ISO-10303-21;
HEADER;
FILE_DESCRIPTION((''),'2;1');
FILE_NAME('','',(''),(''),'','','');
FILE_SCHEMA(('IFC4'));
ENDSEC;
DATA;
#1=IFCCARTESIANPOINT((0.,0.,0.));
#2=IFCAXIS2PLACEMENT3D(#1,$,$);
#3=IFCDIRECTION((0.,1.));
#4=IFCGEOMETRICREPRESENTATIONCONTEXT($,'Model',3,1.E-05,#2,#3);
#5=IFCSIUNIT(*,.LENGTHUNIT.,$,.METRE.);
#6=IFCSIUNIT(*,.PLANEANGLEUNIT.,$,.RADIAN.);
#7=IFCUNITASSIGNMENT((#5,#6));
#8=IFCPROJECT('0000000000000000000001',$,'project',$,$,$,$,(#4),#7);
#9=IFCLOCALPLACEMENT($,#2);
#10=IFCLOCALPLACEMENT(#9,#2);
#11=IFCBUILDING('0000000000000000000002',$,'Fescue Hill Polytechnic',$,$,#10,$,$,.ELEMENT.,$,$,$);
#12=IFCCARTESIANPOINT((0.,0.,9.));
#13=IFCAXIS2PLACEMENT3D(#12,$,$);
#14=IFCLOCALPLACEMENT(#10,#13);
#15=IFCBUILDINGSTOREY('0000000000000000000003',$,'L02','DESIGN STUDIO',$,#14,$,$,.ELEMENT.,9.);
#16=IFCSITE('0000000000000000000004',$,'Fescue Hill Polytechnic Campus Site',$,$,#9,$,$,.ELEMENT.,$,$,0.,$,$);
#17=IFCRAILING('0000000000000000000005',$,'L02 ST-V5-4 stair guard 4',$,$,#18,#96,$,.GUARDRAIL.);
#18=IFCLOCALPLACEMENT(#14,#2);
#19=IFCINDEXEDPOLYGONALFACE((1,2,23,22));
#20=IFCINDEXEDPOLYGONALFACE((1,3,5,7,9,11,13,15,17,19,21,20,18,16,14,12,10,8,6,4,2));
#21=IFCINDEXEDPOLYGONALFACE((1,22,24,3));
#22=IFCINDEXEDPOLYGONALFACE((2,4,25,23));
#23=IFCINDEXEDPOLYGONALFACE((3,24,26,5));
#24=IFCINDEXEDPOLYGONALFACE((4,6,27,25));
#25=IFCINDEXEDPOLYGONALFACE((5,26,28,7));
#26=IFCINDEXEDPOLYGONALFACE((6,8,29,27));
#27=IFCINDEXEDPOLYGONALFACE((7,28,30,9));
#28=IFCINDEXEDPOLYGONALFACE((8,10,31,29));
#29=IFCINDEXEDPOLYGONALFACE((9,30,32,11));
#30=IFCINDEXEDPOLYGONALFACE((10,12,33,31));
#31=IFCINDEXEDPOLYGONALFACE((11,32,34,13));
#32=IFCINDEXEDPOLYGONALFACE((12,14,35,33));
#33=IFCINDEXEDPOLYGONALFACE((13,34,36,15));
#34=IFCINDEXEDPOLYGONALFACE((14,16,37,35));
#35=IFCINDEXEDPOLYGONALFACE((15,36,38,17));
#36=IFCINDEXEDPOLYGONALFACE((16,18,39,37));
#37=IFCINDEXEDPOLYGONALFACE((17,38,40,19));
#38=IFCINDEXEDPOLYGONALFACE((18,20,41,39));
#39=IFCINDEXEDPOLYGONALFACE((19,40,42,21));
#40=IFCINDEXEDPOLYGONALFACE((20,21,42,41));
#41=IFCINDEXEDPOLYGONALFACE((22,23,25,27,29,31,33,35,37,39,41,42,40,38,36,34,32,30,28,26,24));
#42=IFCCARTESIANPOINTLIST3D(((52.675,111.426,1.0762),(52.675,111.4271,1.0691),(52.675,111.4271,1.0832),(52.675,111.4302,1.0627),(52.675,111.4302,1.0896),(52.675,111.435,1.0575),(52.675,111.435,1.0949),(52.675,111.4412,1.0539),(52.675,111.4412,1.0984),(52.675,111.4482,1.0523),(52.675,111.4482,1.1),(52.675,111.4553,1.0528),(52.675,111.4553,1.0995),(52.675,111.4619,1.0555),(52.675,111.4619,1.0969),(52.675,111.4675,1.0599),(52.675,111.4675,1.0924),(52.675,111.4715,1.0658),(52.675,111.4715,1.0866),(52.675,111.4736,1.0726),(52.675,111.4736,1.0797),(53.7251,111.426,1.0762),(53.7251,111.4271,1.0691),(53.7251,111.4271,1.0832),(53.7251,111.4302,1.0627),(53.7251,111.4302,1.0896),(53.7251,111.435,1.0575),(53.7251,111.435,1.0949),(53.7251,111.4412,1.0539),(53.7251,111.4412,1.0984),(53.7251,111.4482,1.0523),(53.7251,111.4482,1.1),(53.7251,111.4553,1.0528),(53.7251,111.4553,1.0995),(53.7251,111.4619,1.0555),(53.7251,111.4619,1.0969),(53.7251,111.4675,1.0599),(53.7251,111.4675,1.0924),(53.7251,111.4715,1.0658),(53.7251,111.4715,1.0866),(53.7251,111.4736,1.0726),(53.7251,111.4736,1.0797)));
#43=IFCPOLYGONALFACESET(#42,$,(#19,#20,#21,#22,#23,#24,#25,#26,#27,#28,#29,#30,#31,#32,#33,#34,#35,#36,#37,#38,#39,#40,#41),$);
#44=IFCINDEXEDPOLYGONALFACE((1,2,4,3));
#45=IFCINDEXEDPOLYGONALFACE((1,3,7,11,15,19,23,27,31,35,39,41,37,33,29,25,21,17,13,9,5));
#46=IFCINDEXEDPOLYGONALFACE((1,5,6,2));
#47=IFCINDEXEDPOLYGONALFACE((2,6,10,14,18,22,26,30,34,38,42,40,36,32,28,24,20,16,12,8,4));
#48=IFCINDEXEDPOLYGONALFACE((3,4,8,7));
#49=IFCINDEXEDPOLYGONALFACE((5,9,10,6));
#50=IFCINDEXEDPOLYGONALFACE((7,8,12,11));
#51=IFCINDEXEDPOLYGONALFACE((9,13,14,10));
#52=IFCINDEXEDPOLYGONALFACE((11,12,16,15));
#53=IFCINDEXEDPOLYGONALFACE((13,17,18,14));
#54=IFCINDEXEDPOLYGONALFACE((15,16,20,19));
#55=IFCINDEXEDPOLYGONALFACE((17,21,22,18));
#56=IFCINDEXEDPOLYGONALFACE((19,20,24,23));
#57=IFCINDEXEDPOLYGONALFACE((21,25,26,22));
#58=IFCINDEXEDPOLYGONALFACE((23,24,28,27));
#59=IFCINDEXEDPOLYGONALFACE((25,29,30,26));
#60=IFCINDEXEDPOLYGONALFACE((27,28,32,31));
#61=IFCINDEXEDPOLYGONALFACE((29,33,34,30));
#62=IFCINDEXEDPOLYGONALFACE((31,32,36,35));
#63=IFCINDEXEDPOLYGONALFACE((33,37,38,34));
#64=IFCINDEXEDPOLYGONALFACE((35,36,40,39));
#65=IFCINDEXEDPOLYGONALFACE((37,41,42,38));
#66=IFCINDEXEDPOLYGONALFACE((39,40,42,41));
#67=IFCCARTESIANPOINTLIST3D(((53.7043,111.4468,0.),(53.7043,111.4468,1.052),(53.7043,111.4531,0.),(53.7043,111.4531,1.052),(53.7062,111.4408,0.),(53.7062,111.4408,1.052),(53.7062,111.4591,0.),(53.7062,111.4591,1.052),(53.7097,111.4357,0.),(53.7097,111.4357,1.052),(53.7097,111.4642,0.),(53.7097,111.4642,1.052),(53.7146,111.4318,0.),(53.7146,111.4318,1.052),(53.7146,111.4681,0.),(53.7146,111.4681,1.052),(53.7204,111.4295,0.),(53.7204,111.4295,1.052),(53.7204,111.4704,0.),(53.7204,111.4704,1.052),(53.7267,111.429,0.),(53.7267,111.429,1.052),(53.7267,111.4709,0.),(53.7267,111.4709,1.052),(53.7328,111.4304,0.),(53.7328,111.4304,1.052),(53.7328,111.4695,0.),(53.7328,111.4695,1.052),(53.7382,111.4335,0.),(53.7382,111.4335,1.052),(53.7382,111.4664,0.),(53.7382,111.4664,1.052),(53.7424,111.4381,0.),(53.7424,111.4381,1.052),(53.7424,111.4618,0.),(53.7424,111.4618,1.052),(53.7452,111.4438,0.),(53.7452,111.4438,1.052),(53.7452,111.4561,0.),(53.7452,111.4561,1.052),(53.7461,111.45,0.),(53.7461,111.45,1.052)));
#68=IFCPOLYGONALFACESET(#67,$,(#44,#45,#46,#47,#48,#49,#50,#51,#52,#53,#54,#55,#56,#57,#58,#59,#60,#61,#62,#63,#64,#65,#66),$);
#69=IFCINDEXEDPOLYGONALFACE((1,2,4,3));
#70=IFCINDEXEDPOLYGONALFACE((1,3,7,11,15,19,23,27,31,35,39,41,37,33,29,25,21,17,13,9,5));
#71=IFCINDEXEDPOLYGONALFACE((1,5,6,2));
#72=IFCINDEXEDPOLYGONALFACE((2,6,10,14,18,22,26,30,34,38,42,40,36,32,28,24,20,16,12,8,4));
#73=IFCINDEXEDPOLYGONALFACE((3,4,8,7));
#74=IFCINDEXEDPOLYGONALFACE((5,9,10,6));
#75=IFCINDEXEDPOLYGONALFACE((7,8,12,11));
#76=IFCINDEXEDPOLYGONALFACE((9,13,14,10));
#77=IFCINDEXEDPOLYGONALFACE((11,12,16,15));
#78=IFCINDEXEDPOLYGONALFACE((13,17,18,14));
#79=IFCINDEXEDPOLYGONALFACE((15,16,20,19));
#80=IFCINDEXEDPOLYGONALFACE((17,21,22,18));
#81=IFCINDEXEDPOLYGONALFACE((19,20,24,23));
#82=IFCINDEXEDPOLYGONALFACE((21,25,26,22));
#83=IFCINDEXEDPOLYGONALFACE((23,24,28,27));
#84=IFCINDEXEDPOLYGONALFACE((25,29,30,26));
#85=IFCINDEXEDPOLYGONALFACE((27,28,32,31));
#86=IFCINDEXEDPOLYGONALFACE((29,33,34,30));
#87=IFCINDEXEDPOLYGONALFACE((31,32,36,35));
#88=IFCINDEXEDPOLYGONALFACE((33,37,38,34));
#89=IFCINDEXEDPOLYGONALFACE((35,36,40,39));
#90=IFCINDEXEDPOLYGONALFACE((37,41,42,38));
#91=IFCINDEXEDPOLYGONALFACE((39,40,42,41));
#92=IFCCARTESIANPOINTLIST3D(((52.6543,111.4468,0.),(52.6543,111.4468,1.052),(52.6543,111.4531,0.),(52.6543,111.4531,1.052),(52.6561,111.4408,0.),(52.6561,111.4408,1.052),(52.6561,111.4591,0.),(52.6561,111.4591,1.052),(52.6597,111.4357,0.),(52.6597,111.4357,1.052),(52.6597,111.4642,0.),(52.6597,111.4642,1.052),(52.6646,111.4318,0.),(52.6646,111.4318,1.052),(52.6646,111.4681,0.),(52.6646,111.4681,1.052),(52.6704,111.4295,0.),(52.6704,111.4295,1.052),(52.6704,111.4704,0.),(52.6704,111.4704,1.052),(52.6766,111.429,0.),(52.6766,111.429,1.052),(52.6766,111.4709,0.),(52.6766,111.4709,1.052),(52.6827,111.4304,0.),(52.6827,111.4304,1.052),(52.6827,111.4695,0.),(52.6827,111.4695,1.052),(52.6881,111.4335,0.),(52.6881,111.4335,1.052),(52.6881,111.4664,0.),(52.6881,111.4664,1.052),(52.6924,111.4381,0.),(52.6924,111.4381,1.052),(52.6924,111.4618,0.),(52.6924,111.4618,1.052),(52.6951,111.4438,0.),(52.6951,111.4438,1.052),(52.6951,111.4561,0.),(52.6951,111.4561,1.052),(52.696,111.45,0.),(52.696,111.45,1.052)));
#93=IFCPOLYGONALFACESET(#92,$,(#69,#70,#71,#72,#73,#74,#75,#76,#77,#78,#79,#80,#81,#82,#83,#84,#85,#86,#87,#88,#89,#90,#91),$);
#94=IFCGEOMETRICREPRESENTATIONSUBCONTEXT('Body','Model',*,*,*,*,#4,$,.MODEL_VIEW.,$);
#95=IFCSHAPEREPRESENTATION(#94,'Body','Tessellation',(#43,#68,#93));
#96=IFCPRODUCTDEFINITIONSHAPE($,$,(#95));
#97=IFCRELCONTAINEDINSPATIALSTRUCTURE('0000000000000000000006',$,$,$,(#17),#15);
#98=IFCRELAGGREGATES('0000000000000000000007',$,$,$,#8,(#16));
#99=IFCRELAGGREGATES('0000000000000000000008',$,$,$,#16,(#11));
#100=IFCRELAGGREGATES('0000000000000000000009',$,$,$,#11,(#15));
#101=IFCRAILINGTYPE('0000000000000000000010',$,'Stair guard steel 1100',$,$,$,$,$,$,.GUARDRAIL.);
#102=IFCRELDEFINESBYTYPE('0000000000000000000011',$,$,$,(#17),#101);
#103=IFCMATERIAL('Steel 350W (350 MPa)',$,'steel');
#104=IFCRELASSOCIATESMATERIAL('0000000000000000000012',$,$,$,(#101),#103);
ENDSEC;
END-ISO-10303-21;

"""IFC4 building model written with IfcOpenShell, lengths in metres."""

from ifc_helpers import new_model, si_unit, direction, frame, origin, origin_2d, place, context, subcontext, project, spatial, circle, extrude, material, type_object, element, save


model = new_model("IFC4")

# Units and contexts
model_context = context("Model", 3, precision=1e-05, world=origin(), true_north=direction((0.0, 1.0)))
body_context = subcontext(model_context, "Body", "Model", "MODEL_VIEW")
ifc_project = project(units=[si_unit("LENGTHUNIT", "METRE"), si_unit("PLANEANGLEUNIT", "RADIAN")], contexts=[model_context])

# Site, building, storey
site_placement = place(None, origin())
site = spatial("IfcSite", under=ifc_project, at=site_placement, Name="Fescue Hill Polytechnic Campus Site", CompositionType="ELEMENT", RefElevation=0.0)
building_placement = place(site_placement, origin())
building = spatial("IfcBuilding", under=site, at=building_placement, Name="Fescue Hill Polytechnic", CompositionType="ELEMENT")
storey_placement = place(building_placement, frame((0.0, 0.0, 9.0)))
storey = spatial("IfcBuildingStorey", under=building, at=storey_placement, Name="L02", Description="DESIGN STUDIO", CompositionType="ELEMENT", Elevation=9.0)

# Railing
ifc_material_1 = material(Name="Steel 350W (350 MPa)", Category="steel")
railing_type_1 = type_object("IfcRailingType", Name="Stair guard steel 1100", PredefinedType="GUARDRAIL", material=ifc_material_1)
railing_1_placement = place(storey_placement, frame((53.7251, 111.45, 0.0)))
element("IfcRailing", 1, at=railing_1_placement, inside=storey, type_object=railing_type_1, Name="L02 ST-V5-4 stair guard 4", PredefinedType="GUARDRAIL", context=body_context, shape_type="SweptSolid", body=[
    extrude(circle(Radius=0.0239, at=origin_2d()), frame((0.0, 0.0, 1.0762), z_axis=(-1.0, 0.0, 0.0), x_axis=(0.0, -1.0, 0.0)), (0.0, 0.0, 1.0), 1.05),
    extrude(circle(Radius=0.021, at=origin_2d()), origin(), (0.0, 0.0, 1.0), 1.052),
    extrude(circle(Radius=0.021, at=origin_2d()), frame((-1.05, 0.0, 0.0)), (0.0, 0.0, 1.0), 1.052),
])

save(model, "model.ifc")
